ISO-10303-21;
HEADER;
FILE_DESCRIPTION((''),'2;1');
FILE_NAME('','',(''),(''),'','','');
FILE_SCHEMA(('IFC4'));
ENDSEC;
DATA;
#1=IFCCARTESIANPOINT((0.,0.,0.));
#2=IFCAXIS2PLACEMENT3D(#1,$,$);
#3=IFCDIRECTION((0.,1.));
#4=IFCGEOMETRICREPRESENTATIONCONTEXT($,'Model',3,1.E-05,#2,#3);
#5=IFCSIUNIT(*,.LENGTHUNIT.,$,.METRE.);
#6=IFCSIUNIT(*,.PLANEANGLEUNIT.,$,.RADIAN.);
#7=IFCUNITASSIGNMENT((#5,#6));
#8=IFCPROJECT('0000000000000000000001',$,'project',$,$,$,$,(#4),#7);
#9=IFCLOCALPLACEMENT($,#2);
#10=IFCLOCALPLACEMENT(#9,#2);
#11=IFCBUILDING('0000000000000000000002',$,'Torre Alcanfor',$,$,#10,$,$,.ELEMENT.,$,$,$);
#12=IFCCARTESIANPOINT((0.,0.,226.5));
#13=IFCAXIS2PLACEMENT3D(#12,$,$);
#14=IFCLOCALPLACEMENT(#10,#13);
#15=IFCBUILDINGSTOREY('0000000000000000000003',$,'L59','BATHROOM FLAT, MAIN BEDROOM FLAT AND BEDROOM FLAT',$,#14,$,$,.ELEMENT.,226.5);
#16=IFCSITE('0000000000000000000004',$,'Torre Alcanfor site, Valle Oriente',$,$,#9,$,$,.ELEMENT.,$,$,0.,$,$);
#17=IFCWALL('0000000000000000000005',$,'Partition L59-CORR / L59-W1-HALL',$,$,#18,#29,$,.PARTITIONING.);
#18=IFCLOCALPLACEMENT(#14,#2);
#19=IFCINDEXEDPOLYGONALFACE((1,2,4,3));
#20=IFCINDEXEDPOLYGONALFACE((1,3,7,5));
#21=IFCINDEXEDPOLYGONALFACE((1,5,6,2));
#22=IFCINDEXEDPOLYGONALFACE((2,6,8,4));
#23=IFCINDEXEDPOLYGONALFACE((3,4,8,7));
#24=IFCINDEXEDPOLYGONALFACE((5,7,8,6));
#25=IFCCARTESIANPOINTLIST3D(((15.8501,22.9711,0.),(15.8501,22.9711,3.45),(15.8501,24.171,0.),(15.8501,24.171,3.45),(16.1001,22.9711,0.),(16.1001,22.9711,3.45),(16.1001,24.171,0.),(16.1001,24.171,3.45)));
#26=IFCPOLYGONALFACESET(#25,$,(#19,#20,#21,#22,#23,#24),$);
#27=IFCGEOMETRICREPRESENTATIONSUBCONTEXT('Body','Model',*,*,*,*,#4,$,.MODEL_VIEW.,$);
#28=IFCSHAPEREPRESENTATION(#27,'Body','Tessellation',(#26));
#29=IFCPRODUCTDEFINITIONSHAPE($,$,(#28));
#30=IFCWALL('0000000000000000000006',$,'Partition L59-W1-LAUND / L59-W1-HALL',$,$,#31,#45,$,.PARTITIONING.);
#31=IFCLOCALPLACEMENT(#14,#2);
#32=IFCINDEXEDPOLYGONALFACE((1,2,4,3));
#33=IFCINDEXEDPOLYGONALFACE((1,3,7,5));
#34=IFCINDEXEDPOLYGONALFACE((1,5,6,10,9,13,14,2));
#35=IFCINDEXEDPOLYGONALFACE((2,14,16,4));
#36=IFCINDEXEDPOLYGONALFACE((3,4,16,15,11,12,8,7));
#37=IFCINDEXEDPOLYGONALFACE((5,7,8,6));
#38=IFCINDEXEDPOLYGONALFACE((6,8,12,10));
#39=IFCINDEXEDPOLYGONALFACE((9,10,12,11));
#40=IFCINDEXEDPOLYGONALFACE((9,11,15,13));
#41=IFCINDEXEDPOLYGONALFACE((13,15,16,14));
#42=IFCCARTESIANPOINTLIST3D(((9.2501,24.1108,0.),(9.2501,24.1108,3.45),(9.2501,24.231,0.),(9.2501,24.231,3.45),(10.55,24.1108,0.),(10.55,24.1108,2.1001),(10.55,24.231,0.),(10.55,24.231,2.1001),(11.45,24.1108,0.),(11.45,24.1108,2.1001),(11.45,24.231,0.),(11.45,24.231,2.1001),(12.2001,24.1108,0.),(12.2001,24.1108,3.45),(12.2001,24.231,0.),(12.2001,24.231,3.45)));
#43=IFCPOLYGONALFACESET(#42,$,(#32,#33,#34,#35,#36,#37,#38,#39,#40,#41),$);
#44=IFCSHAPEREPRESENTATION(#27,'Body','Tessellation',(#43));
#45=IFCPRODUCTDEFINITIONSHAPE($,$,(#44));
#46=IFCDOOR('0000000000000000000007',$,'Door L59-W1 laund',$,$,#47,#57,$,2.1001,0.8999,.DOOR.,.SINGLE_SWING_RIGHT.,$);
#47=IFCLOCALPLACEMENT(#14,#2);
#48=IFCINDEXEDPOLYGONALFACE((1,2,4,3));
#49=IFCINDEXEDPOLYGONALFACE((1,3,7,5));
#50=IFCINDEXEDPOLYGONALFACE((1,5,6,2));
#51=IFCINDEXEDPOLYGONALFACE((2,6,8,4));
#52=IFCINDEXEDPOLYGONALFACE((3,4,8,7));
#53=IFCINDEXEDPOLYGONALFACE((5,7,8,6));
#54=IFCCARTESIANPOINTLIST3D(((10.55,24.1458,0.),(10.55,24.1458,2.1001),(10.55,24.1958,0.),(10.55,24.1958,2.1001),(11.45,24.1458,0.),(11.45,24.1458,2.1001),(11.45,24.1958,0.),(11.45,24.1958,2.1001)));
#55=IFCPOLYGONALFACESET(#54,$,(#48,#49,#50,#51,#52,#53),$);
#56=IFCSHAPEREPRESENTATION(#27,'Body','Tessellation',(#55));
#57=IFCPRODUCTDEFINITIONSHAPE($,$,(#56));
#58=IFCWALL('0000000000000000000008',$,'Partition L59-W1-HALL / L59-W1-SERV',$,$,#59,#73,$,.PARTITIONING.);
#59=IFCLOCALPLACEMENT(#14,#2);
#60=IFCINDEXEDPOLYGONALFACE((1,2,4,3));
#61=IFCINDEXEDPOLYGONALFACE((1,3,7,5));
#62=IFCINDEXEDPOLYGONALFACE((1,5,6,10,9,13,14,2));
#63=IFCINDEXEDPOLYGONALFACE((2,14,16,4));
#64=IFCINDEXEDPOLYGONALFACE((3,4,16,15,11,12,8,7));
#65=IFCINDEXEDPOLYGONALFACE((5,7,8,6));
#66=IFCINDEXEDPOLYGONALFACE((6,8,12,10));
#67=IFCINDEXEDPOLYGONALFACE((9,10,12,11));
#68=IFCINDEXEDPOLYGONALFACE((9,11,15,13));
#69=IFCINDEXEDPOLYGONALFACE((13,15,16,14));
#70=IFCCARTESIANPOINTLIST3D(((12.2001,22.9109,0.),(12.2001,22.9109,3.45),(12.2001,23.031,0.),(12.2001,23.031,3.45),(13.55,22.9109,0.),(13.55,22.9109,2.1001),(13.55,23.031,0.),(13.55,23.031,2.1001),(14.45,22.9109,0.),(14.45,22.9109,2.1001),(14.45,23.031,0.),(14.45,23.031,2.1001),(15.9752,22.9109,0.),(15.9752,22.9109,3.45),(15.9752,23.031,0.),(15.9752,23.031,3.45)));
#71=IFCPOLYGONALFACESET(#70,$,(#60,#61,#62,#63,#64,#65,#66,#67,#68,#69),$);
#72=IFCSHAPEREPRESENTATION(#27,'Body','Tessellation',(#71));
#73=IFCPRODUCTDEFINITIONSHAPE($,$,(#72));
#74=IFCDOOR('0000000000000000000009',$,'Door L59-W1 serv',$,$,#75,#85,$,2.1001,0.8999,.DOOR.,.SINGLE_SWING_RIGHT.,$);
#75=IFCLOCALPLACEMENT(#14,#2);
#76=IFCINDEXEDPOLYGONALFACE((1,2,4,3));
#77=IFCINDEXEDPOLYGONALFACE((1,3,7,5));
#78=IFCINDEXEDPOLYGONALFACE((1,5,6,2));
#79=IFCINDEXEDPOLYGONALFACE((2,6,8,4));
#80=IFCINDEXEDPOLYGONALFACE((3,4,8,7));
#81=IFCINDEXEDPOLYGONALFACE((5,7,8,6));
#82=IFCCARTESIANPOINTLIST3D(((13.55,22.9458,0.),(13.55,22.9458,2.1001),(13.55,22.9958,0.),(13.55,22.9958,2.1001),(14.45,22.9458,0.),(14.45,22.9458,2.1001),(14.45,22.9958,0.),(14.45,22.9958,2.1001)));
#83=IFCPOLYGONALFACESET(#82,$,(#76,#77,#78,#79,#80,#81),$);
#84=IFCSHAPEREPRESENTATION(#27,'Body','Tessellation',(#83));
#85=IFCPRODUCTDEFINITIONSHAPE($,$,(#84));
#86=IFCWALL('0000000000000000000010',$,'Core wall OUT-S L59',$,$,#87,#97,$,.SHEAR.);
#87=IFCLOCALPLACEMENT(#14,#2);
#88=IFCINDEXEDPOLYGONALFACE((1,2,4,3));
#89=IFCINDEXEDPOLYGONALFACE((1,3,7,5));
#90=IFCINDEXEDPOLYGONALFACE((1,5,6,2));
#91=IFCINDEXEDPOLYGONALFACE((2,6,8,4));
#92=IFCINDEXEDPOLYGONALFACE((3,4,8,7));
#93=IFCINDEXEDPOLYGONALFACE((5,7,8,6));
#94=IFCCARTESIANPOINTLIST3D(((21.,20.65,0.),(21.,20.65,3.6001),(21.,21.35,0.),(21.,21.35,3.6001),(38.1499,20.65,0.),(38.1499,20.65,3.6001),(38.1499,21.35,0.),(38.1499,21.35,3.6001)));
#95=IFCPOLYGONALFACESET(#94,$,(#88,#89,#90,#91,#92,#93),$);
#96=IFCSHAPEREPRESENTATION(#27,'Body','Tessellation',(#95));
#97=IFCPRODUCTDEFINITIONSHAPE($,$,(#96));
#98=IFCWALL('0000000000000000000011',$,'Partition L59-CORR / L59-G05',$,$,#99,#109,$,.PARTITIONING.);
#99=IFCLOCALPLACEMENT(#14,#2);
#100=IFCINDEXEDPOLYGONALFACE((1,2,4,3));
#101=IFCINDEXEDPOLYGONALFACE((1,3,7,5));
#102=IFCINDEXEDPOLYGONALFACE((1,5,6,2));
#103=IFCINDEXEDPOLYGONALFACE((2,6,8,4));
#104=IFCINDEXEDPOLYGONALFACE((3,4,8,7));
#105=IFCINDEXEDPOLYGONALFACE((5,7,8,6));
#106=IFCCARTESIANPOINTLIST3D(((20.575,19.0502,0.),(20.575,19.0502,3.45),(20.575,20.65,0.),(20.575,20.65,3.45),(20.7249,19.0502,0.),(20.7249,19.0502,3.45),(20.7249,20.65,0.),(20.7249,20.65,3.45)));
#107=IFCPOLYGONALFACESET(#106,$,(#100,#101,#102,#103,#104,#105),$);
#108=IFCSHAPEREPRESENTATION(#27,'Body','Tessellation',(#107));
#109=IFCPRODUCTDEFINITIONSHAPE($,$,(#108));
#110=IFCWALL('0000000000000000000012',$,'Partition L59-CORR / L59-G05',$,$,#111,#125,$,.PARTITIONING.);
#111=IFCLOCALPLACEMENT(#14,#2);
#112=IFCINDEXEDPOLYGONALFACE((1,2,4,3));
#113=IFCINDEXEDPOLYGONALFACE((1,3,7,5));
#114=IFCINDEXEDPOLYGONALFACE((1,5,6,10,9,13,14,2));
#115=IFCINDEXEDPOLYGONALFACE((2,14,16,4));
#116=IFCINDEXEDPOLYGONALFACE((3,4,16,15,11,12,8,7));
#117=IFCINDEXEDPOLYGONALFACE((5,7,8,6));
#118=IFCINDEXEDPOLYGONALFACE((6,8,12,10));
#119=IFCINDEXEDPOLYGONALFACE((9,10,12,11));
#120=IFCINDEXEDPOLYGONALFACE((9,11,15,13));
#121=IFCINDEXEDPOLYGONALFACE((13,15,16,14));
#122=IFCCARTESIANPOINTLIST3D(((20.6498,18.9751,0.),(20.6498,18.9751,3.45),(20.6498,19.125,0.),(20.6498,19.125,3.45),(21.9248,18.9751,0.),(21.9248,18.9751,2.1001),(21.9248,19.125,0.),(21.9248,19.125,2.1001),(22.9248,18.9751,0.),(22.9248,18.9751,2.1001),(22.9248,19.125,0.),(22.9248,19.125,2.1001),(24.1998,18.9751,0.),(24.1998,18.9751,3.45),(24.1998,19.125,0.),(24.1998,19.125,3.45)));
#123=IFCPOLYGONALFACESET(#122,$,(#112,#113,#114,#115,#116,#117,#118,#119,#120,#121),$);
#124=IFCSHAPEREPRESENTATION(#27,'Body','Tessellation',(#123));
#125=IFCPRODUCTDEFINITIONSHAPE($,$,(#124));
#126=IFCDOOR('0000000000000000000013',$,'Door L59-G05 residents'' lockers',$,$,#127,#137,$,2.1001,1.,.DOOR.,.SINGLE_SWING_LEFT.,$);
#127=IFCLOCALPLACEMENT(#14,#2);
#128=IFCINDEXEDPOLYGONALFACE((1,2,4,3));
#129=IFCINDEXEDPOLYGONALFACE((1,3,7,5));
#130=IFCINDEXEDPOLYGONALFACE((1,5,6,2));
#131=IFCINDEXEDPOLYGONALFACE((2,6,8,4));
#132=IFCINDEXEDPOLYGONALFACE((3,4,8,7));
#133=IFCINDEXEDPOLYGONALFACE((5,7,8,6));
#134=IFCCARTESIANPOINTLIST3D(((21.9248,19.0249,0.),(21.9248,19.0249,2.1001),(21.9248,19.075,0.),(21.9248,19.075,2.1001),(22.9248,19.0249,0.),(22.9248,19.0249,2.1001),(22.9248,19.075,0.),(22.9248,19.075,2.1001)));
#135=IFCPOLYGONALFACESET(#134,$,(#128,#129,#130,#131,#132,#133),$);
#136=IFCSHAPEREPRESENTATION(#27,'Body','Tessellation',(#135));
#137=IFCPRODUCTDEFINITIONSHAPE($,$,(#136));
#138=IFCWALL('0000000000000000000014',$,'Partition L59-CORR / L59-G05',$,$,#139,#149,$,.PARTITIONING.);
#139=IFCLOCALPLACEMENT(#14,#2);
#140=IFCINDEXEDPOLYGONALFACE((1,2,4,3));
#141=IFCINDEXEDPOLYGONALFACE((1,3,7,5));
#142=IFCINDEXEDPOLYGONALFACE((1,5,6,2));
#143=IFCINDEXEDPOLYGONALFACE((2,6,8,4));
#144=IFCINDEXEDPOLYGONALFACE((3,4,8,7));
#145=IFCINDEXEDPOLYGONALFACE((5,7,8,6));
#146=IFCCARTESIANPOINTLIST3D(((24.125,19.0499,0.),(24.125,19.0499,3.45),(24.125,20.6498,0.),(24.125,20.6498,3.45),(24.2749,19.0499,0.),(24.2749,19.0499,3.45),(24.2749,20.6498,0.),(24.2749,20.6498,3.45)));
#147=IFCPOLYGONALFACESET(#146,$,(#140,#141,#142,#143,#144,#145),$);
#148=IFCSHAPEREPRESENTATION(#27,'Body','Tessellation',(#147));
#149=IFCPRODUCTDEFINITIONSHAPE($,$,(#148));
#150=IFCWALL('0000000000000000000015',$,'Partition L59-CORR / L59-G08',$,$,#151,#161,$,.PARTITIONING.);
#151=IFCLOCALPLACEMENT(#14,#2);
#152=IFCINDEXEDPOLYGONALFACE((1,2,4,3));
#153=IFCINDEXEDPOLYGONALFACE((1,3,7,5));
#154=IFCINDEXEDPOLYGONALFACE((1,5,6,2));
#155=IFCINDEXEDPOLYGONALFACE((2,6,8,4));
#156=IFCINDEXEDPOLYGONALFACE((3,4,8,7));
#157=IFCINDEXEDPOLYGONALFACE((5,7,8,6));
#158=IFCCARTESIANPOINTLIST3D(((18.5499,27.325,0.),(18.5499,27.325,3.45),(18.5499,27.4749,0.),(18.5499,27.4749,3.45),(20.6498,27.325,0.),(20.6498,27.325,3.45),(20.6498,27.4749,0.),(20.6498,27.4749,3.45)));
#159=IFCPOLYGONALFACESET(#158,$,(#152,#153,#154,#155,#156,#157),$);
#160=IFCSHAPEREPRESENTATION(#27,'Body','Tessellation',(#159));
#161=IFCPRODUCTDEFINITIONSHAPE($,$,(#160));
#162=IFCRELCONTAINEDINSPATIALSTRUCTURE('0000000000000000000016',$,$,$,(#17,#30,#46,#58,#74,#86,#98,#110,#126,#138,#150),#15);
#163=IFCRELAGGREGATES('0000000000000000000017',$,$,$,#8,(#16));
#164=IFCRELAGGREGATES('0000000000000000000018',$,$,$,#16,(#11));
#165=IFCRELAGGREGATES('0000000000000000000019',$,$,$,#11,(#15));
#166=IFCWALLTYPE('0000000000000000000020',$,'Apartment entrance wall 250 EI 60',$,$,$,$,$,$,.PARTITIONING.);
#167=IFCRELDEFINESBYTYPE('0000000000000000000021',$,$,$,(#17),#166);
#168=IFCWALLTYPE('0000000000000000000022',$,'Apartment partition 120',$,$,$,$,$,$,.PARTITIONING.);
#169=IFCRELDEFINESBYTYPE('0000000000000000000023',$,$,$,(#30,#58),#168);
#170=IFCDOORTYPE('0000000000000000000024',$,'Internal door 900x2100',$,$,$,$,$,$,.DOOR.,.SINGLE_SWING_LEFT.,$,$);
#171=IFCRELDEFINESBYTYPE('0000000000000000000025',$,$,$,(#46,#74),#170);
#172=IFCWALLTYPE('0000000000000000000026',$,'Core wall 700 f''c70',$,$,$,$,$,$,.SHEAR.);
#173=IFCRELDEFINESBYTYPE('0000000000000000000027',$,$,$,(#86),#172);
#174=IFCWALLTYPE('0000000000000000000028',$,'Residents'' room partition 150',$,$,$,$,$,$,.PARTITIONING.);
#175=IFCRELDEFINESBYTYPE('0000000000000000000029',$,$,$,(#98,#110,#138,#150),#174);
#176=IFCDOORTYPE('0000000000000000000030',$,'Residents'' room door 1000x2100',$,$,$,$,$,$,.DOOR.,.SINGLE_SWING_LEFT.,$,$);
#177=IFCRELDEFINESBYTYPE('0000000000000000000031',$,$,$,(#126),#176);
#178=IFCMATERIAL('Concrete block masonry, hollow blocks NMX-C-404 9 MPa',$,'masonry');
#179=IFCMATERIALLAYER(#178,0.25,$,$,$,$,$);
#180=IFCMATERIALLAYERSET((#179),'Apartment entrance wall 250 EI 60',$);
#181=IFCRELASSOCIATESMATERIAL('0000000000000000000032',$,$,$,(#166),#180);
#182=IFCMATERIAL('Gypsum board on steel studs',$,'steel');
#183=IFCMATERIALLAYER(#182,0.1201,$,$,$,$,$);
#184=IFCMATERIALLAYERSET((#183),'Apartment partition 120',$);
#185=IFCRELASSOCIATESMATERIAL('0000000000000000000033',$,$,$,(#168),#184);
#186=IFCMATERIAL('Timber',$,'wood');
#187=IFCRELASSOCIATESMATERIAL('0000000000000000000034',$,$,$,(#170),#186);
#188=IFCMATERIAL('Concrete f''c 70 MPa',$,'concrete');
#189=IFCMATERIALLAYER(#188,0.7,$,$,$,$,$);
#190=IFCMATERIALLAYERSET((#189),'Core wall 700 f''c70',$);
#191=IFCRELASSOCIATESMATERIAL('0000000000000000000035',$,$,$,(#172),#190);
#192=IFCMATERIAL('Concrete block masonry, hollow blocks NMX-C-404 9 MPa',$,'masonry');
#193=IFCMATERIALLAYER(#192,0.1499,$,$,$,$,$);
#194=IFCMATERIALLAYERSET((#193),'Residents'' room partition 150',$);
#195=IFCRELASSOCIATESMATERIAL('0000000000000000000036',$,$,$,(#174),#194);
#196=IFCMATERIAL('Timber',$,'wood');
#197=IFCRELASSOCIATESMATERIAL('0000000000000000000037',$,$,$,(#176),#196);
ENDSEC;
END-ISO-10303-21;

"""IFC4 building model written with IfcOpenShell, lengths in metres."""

from ifc_helpers import new_model, si_unit, direction, frame, frame_2d, origin, place, context, subcontext, project, spatial, rectangle, extrude, material, layer, layer_set, type_object, element, fill, save


model = new_model("IFC4")

# Units and contexts
model_context = context("Model", 3, precision=1e-05, world=origin(), true_north=direction((0.0, 1.0)))
body_context = subcontext(model_context, "Body", "Model", "MODEL_VIEW")
ifc_project = project(units=[si_unit("LENGTHUNIT", "METRE"), si_unit("PLANEANGLEUNIT", "RADIAN")], contexts=[model_context])

# Site, building, storey
site_placement = place(None, origin())
site = spatial("IfcSite", under=ifc_project, at=site_placement, Name="Torre Alcanfor site, Valle Oriente", CompositionType="ELEMENT", RefElevation=0.0)
building_placement = place(site_placement, origin())
building = spatial("IfcBuilding", under=site, at=building_placement, Name="Torre Alcanfor", CompositionType="ELEMENT")
storey_placement = place(building_placement, frame((0.0, 0.0, 226.5)))
storey = spatial("IfcBuildingStorey", under=building, at=storey_placement, Name="L59", Description="BATHROOM FLAT, MAIN BEDROOM FLAT AND BEDROOM FLAT", CompositionType="ELEMENT", Elevation=226.5)

# Shared definitions
ifc_material_1 = material(Name="Concrete block masonry, hollow blocks NMX-C-404 9 MPa", Category="masonry")
ifc_layer_1 = layer(ifc_material_1, 0.25)
ifc_layer_set_1 = layer_set([ifc_layer_1], Name="Apartment entrance wall 250 EI 60")
wall_type_1 = type_object("IfcWallType", Name="Apartment entrance wall 250 EI 60", PredefinedType="PARTITIONING", material=ifc_layer_set_1)

# Wall
wall_1_placement = place(storey_placement, frame((15.9751, 22.9709, 0.0), z_axis=(0.0, 0.0, 1.0), x_axis=(0.0, 1.0, 0.0)))
element("IfcWall", 1, at=wall_1_placement, inside=storey, type_object=wall_type_1, Name="Partition L59-CORR / L59-W1-HALL", PredefinedType="PARTITIONING", context=body_context, shape_type="SweptSolid", body=[
    extrude(rectangle(XDim=1.2, YDim=0.25, at=frame_2d((0.6001, 0.0))), origin(), (0.0, 0.0, 1.0), 3.45),
])

# Walls, openings, doors
ifc_material_2 = material(Name="Gypsum board on steel studs", Category="steel")
ifc_layer_2 = layer(ifc_material_2, 0.1201)
ifc_layer_set_2 = layer_set([ifc_layer_2], Name="Apartment partition 120")
wall_type_2 = type_object("IfcWallType", Name="Apartment partition 120", PredefinedType="PARTITIONING", material=ifc_layer_set_2)
wall_2_placement = place(storey_placement, frame((9.25, 24.1709, 0.0), z_axis=(0.0, 0.0, 1.0), x_axis=(1.0, 0.0, 0.0)))
wall_2 = element("IfcWall", 2, at=wall_2_placement, inside=storey, type_object=wall_type_2, Name="Partition L59-W1-LAUND / L59-W1-HALL", PredefinedType="PARTITIONING", context=body_context, shape_type="SweptSolid", body=[
    extrude(rectangle(XDim=2.95, YDim=0.1201, at=frame_2d((1.4751, 0.0))), origin(), (0.0, 0.0, 1.0), 3.45),
])
opening_1_placement = place(wall_2_placement, frame((1.3, 0.0, 0.0)))
opening_1 = element("IfcOpeningElement", 3, at=opening_1_placement, cuts=wall_2, PredefinedType="OPENING", context=body_context, shape_type="SweptSolid", body=[
    extrude(rectangle(XDim=0.8999, YDim=2.1001, at=frame_2d((0.45, 1.05))), frame((0.0, 0.0701, 0.0), z_axis=(0.0, -1.0, 0.0), x_axis=(1.0, 0.0, 0.0)), (0.0, 0.0, 1.0), 0.1401),
])
ifc_material_3 = material(Name="Timber", Category="wood")
door_type_1 = type_object("IfcDoorType", Name="Internal door 900x2100", OperationType="SINGLE_SWING_LEFT", PredefinedType="DOOR", material=ifc_material_3)
door_1_placement = place(opening_1_placement, origin())
door_1 = element("IfcDoor", 4, at=door_1_placement, inside=storey, type_object=door_type_1, Name="Door L59-W1 laund", OperationType="SINGLE_SWING_RIGHT", OverallHeight=2.1001, OverallWidth=0.8999, PredefinedType="DOOR", context=body_context, shape_type="SweptSolid", body=[
    extrude(rectangle(XDim=0.8999, YDim=2.1001, at=frame_2d((0.45, 1.05))), frame((0.0, 0.0249, 0.0), z_axis=(0.0, -1.0, 0.0), x_axis=(1.0, 0.0, 0.0)), (0.0, 0.0, 1.0), 0.05),
])
fill(opening_1, door_1)
wall_3_placement = place(storey_placement, frame((12.2, 22.9709, 0.0), z_axis=(0.0, 0.0, 1.0), x_axis=(1.0, 0.0, 0.0)))
wall_3 = element("IfcWall", 5, at=wall_3_placement, inside=storey, type_object=wall_type_2, Name="Partition L59-W1-HALL / L59-W1-SERV", PredefinedType="PARTITIONING", context=body_context, shape_type="SweptSolid", body=[
    extrude(rectangle(XDim=3.7751, YDim=0.1201, at=frame_2d((1.8877, 0.0))), origin(), (0.0, 0.0, 1.0), 3.45),
])
opening_2_placement = place(wall_3_placement, frame((1.3501, 0.0, 0.0)))
opening_2 = element("IfcOpeningElement", 6, at=opening_2_placement, cuts=wall_3, PredefinedType="OPENING", context=body_context, shape_type="SweptSolid", body=[
    extrude(rectangle(XDim=0.8999, YDim=2.1001, at=frame_2d((0.45, 1.05))), frame((0.0, 0.0701, 0.0), z_axis=(0.0, -1.0, 0.0), x_axis=(1.0, 0.0, 0.0)), (0.0, 0.0, 1.0), 0.1401),
])
door_2_placement = place(opening_2_placement, frame((0.8999, 0.0, 0.0), z_axis=(0.0, 0.0, 1.0), x_axis=(-1.0, 0.0, 0.0)))
door_2 = element("IfcDoor", 7, at=door_2_placement, inside=storey, type_object=door_type_1, Name="Door L59-W1 serv", OperationType="SINGLE_SWING_RIGHT", OverallHeight=2.1001, OverallWidth=0.8999, PredefinedType="DOOR", context=body_context, shape_type="SweptSolid", body=[
    extrude(rectangle(XDim=0.8999, YDim=2.1001, at=frame_2d((0.45, 1.05))), frame((0.0, 0.0251, 0.0), z_axis=(0.0, -1.0, 0.0), x_axis=(1.0, 0.0, 0.0)), (0.0, 0.0, 1.0), 0.05),
])
fill(opening_2, door_2)

# Walls
ifc_material_4 = material(Name="Concrete f'c 70 MPa", Category="concrete")
ifc_layer_3 = layer(ifc_material_4, 0.7)
ifc_layer_set_3 = layer_set([ifc_layer_3], Name="Core wall 700 f'c70")
wall_type_3 = type_object("IfcWallType", Name="Core wall 700 f'c70", PredefinedType="SHEAR", material=ifc_layer_set_3)
wall_4_placement = place(storey_placement, frame((21.0, 21.0, 0.0), z_axis=(0.0, 0.0, 1.0), x_axis=(1.0, 0.0, 0.0)))
element("IfcWall", 8, at=wall_4_placement, inside=storey, type_object=wall_type_3, Name="Core wall OUT-S L59", PredefinedType="SHEAR", context=body_context, shape_type="SweptSolid", body=[
    extrude(rectangle(XDim=17.1499, YDim=0.7, at=frame_2d((8.575, 0.0))), origin(), (0.0, 0.0, 1.0), 3.6001),
])
ifc_material_5 = material(Name="Concrete block masonry, hollow blocks NMX-C-404 9 MPa", Category="masonry")
ifc_layer_4 = layer(ifc_material_5, 0.1499)
ifc_layer_set_4 = layer_set([ifc_layer_4], Name="Residents' room partition 150")
wall_type_4 = type_object("IfcWallType", Name="Residents' room partition 150", PredefinedType="PARTITIONING", material=ifc_layer_set_4)
wall_5_placement = place(storey_placement, frame((20.6499, 20.6499, 0.0), z_axis=(0.0, 0.0, 1.0), x_axis=(0.0, -1.0, 0.0)))
element("IfcWall", 9, at=wall_5_placement, inside=storey, type_object=wall_type_4, Name="Partition L59-CORR / L59-G05", PredefinedType="PARTITIONING", context=body_context, shape_type="SweptSolid", body=[
    extrude(rectangle(XDim=1.5999, YDim=0.1499, at=frame_2d((0.7998, 0.0))), origin(), (0.0, 0.0, 1.0), 3.45),
])

# Wall, opening, door
wall_6_placement = place(storey_placement, frame((20.6499, 19.05, 0.0), z_axis=(0.0, 0.0, 1.0), x_axis=(1.0, 0.0, 0.0)))
wall_6 = element("IfcWall", 10, at=wall_6_placement, inside=storey, type_object=wall_type_4, Name="Partition L59-CORR / L59-G05", PredefinedType="PARTITIONING", context=body_context, shape_type="SweptSolid", body=[
    extrude(rectangle(XDim=3.55, YDim=0.1499, at=frame_2d((1.7749, 0.0))), origin(), (0.0, 0.0, 1.0), 3.45),
])
opening_3_placement = place(wall_6_placement, frame((1.2749, 0.0, 0.0)))
opening_3 = element("IfcOpeningElement", 11, at=opening_3_placement, cuts=wall_6, PredefinedType="OPENING", context=body_context, shape_type="SweptSolid", body=[
    extrude(rectangle(XDim=1.0, YDim=2.1001, at=frame_2d((0.5, 1.05))), frame((0.0, 0.085, 0.0), z_axis=(0.0, -1.0, 0.0), x_axis=(1.0, 0.0, 0.0)), (0.0, 0.0, 1.0), 0.1699),
])
ifc_material_6 = material(Name="Timber", Category="wood")
door_type_2 = type_object("IfcDoorType", Name="Residents' room door 1000x2100", OperationType="SINGLE_SWING_LEFT", PredefinedType="DOOR", material=ifc_material_6)
door_3_placement = place(opening_3_placement, origin())
door_3 = element("IfcDoor", 12, at=door_3_placement, inside=storey, type_object=door_type_2, Name="Door L59-G05 residents' lockers", OperationType="SINGLE_SWING_LEFT", OverallHeight=2.1001, OverallWidth=1.0, PredefinedType="DOOR", context=body_context, shape_type="SweptSolid", body=[
    extrude(rectangle(XDim=1.0, YDim=2.1001, at=frame_2d((0.5, 1.05))), frame((0.0, 0.0249, 0.0), z_axis=(0.0, -1.0, 0.0), x_axis=(1.0, 0.0, 0.0)), (0.0, 0.0, 1.0), 0.05),
])
fill(opening_3, door_3)

# Walls
wall_7_placement = place(storey_placement, frame((24.2, 19.05, 0.0), z_axis=(0.0, 0.0, 1.0), x_axis=(0.0, 1.0, 0.0)))
element("IfcWall", 13, at=wall_7_placement, inside=storey, type_object=wall_type_4, Name="Partition L59-CORR / L59-G05", PredefinedType="PARTITIONING", context=body_context, shape_type="SweptSolid", body=[
    extrude(rectangle(XDim=1.5999, YDim=0.1499, at=frame_2d((0.7998, 0.0))), origin(), (0.0, 0.0, 1.0), 3.45),
])
wall_8_placement = place(storey_placement, frame((18.55, 27.3999, 0.0), z_axis=(0.0, 0.0, 1.0), x_axis=(1.0, 0.0, 0.0)))
element("IfcWall", 14, at=wall_8_placement, inside=storey, type_object=wall_type_4, Name="Partition L59-CORR / L59-G08", PredefinedType="PARTITIONING", context=body_context, shape_type="SweptSolid", body=[
    extrude(rectangle(XDim=2.0999, YDim=0.1499, at=frame_2d((1.0498, 0.0))), origin(), (0.0, 0.0, 1.0), 3.45),
])

save(model, "model.ifc")
